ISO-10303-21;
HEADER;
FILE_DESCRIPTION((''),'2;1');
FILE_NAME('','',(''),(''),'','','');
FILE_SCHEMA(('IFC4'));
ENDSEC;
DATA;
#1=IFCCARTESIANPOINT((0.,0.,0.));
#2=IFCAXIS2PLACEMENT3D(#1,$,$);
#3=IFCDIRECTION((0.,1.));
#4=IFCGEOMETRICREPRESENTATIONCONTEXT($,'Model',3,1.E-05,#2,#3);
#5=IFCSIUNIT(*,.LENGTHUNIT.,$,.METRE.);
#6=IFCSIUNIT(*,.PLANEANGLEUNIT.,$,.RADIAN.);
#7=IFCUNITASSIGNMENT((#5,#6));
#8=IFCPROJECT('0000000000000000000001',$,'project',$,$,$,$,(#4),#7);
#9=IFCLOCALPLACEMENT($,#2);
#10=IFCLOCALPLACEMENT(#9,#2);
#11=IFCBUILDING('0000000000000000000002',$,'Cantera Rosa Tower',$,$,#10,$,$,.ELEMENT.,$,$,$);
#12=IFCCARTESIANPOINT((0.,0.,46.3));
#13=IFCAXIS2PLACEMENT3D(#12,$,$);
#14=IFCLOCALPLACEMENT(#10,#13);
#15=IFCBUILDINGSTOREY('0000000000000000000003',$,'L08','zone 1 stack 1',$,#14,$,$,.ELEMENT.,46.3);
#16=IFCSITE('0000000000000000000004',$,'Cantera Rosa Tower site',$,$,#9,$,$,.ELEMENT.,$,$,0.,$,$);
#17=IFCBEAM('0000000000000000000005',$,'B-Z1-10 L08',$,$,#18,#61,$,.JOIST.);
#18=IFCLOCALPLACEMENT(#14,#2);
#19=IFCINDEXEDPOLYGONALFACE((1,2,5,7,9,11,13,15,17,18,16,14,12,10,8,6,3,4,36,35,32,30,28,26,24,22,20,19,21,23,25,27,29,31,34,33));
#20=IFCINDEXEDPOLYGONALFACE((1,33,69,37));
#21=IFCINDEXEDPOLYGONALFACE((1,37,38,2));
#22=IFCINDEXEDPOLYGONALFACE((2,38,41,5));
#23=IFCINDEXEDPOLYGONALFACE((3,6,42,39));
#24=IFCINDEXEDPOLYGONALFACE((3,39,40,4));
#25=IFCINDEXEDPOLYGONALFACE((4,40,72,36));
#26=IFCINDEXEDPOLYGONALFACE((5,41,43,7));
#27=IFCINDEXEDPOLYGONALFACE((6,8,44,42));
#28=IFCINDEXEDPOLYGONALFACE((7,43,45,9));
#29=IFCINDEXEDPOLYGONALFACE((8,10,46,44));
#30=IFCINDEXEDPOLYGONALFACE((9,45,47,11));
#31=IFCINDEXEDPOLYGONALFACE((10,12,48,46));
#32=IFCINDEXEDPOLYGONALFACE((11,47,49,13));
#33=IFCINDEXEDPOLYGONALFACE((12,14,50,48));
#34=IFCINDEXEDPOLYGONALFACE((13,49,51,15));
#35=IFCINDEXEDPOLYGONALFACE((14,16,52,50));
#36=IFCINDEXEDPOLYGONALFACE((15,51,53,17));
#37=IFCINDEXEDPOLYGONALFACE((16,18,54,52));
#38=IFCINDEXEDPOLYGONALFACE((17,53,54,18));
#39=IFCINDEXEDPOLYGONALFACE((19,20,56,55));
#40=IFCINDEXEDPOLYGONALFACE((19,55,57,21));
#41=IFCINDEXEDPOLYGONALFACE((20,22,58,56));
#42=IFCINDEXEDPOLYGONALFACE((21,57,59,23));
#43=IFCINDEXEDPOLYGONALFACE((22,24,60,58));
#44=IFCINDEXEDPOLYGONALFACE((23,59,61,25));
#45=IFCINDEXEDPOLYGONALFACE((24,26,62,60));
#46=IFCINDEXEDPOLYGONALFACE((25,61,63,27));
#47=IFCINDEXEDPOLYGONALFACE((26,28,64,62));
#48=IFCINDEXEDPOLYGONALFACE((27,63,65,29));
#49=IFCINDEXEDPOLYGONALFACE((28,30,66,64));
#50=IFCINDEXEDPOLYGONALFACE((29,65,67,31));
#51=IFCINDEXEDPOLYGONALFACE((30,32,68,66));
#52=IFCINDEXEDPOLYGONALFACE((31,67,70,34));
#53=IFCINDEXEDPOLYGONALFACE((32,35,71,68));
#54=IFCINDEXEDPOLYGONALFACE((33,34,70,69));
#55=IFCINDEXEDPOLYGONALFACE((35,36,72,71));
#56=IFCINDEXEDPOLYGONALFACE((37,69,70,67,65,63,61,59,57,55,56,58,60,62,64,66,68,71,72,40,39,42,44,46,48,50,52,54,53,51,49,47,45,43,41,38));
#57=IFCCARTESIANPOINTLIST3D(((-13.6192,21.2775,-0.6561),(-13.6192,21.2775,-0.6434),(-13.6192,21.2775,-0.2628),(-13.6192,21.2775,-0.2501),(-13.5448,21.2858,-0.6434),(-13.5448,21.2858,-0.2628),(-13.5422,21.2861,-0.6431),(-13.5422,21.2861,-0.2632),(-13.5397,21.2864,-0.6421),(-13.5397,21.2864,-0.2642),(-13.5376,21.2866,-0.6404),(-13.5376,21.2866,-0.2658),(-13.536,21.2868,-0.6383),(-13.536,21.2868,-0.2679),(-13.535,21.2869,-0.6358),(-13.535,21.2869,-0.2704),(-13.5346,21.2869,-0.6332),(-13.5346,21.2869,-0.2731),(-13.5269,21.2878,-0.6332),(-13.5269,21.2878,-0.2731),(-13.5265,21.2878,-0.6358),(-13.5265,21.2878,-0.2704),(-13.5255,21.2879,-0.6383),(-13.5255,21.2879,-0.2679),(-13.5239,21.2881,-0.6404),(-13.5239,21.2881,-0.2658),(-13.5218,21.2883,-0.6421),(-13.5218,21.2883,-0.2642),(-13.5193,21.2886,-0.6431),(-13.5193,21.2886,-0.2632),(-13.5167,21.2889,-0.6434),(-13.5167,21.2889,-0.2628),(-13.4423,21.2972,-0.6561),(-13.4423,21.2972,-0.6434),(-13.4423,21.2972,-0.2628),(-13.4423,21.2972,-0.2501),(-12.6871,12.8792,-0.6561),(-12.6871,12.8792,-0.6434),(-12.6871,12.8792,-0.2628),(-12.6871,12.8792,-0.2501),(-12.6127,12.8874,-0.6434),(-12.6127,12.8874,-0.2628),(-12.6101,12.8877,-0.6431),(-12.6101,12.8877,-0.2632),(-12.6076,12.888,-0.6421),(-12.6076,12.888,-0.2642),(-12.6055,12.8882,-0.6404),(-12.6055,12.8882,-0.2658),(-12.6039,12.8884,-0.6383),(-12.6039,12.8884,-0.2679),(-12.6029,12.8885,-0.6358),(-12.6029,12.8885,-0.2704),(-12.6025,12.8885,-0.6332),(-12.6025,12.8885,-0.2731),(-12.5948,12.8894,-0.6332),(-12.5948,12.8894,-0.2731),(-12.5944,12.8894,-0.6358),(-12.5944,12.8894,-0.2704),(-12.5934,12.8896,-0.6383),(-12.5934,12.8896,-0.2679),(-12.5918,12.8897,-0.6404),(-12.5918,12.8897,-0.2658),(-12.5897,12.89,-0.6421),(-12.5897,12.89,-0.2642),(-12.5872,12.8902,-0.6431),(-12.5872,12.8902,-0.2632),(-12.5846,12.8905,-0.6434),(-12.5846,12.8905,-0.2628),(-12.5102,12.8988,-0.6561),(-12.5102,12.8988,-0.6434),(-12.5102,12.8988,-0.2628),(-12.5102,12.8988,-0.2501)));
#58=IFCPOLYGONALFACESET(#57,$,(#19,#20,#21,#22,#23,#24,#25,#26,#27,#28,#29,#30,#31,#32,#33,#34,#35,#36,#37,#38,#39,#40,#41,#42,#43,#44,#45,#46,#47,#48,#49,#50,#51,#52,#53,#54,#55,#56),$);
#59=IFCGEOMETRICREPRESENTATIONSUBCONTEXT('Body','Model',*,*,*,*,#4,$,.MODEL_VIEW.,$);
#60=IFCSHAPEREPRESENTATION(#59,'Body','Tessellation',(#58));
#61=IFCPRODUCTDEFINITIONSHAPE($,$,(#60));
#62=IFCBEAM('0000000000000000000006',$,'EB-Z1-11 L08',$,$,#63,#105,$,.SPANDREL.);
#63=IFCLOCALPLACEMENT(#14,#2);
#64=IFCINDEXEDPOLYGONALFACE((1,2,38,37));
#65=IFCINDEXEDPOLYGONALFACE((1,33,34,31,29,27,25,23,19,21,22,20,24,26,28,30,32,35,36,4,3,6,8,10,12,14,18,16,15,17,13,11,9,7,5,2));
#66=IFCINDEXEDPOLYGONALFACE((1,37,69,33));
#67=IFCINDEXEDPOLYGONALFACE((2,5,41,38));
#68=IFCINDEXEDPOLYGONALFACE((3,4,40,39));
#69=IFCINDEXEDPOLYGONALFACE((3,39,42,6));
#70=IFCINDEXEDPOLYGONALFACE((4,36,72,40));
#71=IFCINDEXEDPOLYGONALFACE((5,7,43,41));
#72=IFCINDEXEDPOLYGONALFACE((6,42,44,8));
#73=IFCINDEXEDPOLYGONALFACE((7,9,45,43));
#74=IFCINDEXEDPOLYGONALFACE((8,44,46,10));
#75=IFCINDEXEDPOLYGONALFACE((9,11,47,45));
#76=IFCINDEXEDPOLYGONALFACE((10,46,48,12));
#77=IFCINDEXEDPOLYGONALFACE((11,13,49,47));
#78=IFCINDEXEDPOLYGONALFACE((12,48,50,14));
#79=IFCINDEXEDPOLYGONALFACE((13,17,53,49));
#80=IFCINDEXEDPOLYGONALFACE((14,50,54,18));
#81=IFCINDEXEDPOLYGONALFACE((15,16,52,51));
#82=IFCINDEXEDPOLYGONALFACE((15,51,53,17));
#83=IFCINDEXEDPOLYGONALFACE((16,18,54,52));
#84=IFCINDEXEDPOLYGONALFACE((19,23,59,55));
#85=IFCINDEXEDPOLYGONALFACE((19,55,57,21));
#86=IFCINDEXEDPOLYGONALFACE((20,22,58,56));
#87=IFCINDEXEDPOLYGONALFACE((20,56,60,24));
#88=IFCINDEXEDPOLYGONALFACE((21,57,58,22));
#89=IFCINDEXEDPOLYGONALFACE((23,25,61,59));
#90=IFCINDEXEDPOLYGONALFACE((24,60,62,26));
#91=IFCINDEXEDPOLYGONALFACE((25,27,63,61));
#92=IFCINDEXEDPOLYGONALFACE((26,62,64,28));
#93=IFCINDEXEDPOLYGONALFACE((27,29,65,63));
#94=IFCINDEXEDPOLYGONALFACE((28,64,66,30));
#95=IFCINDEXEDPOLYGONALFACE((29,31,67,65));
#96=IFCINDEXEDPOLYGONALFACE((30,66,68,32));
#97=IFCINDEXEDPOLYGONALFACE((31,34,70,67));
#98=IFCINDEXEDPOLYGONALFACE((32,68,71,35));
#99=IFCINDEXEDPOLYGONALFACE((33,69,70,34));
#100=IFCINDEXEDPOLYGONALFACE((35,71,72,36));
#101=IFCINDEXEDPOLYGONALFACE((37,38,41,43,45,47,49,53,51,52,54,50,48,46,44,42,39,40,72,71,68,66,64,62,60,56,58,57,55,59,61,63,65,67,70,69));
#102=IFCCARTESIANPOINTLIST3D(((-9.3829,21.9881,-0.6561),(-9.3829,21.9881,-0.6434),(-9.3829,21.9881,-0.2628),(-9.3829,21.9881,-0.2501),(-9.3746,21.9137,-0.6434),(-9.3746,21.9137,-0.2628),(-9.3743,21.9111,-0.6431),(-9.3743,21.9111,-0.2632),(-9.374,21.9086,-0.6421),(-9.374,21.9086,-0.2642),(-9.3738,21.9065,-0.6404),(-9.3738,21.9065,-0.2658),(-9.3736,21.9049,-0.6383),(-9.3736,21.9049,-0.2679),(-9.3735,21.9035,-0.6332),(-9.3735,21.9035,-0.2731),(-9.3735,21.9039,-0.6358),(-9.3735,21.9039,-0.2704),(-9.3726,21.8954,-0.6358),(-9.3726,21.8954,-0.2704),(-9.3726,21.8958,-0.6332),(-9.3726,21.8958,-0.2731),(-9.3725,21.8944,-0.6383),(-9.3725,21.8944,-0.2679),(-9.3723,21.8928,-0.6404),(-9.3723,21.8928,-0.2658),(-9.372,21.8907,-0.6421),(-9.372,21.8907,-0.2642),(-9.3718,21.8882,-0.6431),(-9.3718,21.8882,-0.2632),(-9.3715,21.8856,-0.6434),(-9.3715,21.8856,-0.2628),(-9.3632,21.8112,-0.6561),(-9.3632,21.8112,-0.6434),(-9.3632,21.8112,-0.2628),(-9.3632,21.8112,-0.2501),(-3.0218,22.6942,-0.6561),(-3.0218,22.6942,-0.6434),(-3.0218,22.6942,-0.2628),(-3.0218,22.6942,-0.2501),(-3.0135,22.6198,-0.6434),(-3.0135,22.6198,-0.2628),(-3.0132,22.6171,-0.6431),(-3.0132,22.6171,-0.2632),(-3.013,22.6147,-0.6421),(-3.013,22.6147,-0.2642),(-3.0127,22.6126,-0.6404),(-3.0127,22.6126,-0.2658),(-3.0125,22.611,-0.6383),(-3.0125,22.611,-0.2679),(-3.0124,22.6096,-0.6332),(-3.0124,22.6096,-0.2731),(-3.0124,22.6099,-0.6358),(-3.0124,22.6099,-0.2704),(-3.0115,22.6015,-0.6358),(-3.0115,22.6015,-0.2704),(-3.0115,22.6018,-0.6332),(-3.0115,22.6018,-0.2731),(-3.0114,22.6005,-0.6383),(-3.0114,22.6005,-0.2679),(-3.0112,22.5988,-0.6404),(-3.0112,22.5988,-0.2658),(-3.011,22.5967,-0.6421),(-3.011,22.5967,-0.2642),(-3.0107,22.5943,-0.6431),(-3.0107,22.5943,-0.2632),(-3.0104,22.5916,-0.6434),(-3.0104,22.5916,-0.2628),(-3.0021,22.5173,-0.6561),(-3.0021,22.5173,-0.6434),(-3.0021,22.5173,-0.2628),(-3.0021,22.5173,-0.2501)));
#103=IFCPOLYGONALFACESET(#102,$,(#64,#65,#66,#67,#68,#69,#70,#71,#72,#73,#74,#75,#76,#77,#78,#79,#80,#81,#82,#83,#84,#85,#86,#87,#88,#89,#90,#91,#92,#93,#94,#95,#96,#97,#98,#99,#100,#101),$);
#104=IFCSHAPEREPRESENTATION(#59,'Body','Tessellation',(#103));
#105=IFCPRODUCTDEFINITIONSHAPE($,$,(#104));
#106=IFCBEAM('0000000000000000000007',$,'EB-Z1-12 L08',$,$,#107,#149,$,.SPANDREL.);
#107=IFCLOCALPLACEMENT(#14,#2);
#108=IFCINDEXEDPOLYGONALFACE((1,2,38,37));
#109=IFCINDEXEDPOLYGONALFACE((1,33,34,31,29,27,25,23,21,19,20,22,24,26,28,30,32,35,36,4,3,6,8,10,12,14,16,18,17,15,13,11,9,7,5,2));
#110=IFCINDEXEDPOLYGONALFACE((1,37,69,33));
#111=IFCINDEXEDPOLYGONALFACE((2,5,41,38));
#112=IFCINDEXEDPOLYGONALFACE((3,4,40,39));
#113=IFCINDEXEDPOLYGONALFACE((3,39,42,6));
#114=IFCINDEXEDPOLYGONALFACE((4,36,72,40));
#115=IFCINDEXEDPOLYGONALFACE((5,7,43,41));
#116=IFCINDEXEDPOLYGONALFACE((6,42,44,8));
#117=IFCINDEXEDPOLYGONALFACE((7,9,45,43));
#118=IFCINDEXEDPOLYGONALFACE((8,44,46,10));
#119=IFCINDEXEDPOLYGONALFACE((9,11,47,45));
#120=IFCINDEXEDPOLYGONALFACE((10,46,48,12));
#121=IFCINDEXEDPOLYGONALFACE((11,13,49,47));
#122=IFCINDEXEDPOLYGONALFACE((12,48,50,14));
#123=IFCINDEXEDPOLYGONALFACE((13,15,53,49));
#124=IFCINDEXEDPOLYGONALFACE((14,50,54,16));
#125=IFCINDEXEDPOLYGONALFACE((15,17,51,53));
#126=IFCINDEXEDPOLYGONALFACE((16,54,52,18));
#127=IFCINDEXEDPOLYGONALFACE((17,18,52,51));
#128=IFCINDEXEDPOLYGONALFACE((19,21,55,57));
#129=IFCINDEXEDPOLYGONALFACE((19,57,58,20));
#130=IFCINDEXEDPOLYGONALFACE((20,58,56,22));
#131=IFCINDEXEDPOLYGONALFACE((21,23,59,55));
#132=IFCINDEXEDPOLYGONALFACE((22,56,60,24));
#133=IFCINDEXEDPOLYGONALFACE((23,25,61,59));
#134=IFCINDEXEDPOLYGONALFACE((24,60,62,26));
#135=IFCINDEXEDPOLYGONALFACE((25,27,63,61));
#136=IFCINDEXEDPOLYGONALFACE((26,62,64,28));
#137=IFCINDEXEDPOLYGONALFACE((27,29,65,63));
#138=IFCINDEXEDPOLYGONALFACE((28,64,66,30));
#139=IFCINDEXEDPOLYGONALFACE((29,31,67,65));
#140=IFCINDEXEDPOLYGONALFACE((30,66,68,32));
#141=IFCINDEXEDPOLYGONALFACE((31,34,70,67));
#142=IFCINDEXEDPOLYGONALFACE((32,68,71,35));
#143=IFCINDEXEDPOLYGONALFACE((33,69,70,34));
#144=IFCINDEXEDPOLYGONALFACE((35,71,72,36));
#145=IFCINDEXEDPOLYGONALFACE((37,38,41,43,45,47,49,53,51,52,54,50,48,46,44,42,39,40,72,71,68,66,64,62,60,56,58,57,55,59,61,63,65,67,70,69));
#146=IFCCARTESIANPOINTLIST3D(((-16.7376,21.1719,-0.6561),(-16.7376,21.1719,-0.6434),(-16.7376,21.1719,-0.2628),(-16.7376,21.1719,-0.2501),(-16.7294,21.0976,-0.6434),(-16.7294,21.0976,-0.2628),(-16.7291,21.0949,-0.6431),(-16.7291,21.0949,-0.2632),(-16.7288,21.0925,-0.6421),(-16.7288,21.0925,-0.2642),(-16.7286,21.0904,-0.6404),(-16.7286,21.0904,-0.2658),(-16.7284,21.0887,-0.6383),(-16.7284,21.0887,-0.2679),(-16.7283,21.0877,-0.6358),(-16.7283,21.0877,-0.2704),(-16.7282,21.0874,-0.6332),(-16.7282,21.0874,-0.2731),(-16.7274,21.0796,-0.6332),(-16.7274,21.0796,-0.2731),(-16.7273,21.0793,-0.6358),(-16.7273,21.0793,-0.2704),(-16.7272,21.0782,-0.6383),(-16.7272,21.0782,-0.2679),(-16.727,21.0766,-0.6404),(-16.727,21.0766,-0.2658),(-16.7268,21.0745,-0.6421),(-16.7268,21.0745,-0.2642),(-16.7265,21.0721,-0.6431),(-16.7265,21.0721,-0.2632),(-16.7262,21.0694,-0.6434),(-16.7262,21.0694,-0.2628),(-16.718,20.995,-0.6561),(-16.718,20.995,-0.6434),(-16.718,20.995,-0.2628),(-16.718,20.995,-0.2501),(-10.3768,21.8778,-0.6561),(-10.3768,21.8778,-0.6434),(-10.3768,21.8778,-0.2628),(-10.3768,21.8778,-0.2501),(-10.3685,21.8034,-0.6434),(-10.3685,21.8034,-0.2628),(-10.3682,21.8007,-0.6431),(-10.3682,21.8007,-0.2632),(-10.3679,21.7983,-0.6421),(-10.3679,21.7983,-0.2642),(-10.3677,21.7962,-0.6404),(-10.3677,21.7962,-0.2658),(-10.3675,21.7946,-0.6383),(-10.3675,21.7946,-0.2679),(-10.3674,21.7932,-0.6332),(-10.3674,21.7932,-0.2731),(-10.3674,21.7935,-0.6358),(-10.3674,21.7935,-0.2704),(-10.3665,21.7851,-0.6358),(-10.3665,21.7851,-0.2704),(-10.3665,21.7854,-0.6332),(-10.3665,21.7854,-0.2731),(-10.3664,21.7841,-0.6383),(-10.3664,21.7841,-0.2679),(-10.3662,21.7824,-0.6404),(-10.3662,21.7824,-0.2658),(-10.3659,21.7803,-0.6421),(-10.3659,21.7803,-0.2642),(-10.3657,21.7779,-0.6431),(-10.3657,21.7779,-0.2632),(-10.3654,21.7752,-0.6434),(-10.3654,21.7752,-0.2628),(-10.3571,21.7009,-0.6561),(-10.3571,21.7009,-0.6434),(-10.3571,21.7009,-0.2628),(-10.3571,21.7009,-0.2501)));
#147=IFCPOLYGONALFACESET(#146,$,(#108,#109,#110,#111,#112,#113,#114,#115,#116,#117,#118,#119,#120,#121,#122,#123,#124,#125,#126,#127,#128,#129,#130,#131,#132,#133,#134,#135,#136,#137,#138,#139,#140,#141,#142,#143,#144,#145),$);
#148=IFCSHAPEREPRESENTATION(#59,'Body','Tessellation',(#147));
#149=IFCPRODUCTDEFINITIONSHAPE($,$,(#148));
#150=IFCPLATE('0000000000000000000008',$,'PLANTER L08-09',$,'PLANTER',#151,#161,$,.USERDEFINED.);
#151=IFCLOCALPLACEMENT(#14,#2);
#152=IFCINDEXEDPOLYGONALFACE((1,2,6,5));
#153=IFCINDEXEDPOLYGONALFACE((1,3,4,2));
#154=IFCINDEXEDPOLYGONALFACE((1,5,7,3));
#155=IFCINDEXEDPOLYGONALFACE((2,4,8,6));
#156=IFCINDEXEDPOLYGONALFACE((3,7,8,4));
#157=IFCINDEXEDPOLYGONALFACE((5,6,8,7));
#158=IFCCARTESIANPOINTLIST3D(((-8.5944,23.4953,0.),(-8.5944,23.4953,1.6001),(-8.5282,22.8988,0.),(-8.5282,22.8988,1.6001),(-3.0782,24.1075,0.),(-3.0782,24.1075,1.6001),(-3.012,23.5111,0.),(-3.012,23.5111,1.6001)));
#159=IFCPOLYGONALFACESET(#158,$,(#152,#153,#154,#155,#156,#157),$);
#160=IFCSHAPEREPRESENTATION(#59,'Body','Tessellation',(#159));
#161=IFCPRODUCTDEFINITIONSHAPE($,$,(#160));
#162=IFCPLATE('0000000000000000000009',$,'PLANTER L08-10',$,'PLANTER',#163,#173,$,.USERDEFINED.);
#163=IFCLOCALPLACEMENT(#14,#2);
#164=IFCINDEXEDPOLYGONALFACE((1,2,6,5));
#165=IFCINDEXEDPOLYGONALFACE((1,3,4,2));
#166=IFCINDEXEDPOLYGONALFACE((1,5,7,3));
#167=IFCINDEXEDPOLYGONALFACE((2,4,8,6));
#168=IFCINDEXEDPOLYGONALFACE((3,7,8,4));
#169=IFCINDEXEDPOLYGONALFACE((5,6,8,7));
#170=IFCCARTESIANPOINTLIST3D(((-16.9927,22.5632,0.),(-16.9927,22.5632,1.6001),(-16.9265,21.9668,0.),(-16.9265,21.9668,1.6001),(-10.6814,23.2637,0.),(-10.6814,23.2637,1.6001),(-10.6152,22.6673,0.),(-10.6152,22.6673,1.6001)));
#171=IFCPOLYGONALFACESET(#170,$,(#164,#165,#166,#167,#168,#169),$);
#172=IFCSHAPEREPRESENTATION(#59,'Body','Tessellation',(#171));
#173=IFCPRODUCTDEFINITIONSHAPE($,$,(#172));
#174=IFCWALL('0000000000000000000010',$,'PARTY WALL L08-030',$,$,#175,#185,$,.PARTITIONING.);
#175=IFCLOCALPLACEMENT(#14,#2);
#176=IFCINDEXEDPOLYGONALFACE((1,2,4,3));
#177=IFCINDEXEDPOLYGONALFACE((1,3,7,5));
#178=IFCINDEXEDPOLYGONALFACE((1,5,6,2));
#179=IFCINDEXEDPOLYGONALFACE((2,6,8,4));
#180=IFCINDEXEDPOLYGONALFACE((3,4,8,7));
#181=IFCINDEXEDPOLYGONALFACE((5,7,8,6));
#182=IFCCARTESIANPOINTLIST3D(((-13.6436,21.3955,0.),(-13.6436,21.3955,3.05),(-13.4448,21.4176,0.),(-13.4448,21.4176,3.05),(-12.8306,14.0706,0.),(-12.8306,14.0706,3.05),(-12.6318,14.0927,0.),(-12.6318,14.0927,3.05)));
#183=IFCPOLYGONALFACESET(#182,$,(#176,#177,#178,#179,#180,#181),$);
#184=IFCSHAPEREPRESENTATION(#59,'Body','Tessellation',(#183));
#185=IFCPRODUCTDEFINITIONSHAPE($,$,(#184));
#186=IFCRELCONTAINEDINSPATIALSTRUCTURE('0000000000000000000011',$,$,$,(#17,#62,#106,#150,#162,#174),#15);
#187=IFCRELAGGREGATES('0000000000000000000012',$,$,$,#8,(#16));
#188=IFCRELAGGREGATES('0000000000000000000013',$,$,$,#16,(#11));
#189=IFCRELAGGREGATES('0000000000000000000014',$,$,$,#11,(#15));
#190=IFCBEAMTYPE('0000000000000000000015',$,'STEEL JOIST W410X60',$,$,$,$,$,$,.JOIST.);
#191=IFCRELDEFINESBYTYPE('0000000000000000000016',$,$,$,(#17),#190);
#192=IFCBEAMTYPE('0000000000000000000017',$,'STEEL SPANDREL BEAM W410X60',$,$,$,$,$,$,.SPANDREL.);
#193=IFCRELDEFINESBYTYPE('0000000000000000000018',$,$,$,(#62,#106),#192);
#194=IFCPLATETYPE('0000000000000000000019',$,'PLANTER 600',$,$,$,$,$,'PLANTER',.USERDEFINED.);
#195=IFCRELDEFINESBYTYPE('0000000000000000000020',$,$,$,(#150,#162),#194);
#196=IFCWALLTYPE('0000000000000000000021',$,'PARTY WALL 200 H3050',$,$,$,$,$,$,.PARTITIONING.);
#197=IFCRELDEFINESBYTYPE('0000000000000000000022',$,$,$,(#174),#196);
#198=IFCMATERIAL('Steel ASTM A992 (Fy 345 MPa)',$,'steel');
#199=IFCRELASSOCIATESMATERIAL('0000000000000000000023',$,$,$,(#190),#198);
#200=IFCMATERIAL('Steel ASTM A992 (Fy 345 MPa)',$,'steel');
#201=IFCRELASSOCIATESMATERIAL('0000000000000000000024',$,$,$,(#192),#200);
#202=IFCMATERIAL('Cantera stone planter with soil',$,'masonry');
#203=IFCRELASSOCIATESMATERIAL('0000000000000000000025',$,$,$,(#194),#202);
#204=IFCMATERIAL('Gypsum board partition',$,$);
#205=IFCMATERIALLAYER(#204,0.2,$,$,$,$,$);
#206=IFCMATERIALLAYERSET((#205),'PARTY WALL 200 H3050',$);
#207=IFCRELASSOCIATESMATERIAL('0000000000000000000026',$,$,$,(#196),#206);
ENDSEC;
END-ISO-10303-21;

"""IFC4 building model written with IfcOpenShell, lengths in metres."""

from ifc_helpers import new_model, si_unit, direction, frame, frame_2d, origin, origin_2d, place, context, subcontext, project, spatial, rectangle, i_section, extrude, material, layer, layer_set, material_profile, profile_set, type_object, element, save


model = new_model("IFC4")

# Units and contexts
model_context = context("Model", 3, precision=1e-05, world=origin(), true_north=direction((0.0, 1.0)))
body_context = subcontext(model_context, "Body", "Model", "MODEL_VIEW")
ifc_project = project(units=[si_unit("LENGTHUNIT", "METRE"), si_unit("PLANEANGLEUNIT", "RADIAN")], contexts=[model_context])

# Site, building, storey
site_placement = place(None, origin())
site = spatial("IfcSite", under=ifc_project, at=site_placement, Name="Cantera Rosa Tower site", CompositionType="ELEMENT", RefElevation=0.0)
building_placement = place(site_placement, origin())
building = spatial("IfcBuilding", under=site, at=building_placement, Name="Cantera Rosa Tower", CompositionType="ELEMENT")
storey_placement = place(building_placement, frame((0.0, 0.0, 46.3)))
storey = spatial("IfcBuildingStorey", under=building, at=storey_placement, Name="L08", Description="zone 1 stack 1", CompositionType="ELEMENT", Elevation=46.3)

# Beams
ifc_material_1 = material(Name="Steel ASTM A992 (Fy 345 MPa)", Category="steel")
ifc_material_profile_1 = material_profile(ifc_material_1, i_section(OverallWidth=0.178, OverallDepth=0.406, WebThickness=0.0078, FlangeThickness=0.0127, FilletRadius=0.0103, at=origin_2d()), Name="W410X60")
ifc_profile_set_1 = profile_set([ifc_material_profile_1], Name="Steel ASTM A992 (Fy 345 MPa)")
beam_type_1 = type_object("IfcBeamType", Name="STEEL JOIST W410X60", PredefinedType="JOIST", material=ifc_profile_set_1)
for number, where, z_axis, x_axis, name in (
    (1, (-13.5308, 21.2874, -0.4531), (0.110311, -0.993897, 0.0), (0.993897, 0.110311, 0.0), "B-Z1-10 L08"),
):
    element("IfcBeam", number, at=place(storey_placement, frame(where, z_axis=z_axis, x_axis=x_axis)), inside=storey, type_object=beam_type_1, Name=name, PredefinedType="JOIST", context=body_context, shape_type="SweptSolid", body=[
        extrude(i_section(OverallWidth=0.178, OverallDepth=0.406, WebThickness=0.0078, FlangeThickness=0.0127, FilletRadius=0.0103, at=origin_2d()), origin(), (0.0, 0.0, 1.0), 8.45),
    ])
ifc_material_2 = material(Name="Steel ASTM A992 (Fy 345 MPa)", Category="steel")
ifc_material_profile_2 = material_profile(ifc_material_2, i_section(OverallWidth=0.178, OverallDepth=0.406, WebThickness=0.0078, FlangeThickness=0.0127, FilletRadius=0.0103, at=origin_2d()), Name="W410X60")
ifc_profile_set_2 = profile_set([ifc_material_profile_2], Name="Steel ASTM A992 (Fy 345 MPa)")
beam_type_2 = type_object("IfcBeamType", Name="STEEL SPANDREL BEAM W410X60", PredefinedType="SPANDREL", material=ifc_profile_set_2)
beam_1_placement = place(storey_placement, frame((-3.012, 22.6057, -0.4531), z_axis=(-0.993896, -0.110318, 0.0), x_axis=(0.110318, -0.993896, 0.0)))
element("IfcBeam", 2, at=beam_1_placement, inside=storey, type_object=beam_type_2, Name="EB-Z1-11 L08", PredefinedType="SPANDREL", context=body_context, shape_type="SweptSolid", body=[
    extrude(i_section(OverallWidth=0.178, OverallDepth=0.406, WebThickness=0.0078, FlangeThickness=0.0127, FilletRadius=0.0103, at=origin_2d()), origin(), (0.0, 0.0, 1.0), 6.4001),
])
beam_2_placement = place(storey_placement, frame((-10.3669, 21.7893, -0.4531), z_axis=(-0.9939, -0.110285, 0.0), x_axis=(0.110285, -0.9939, 0.0)))
element("IfcBeam", 3, at=beam_2_placement, inside=storey, type_object=beam_type_2, Name="EB-Z1-12 L08", PredefinedType="SPANDREL", context=body_context, shape_type="SweptSolid", body=[
    extrude(i_section(OverallWidth=0.178, OverallDepth=0.406, WebThickness=0.0078, FlangeThickness=0.0127, FilletRadius=0.0103, at=origin_2d()), origin(), (0.0, 0.0, 1.0), 6.3999),
])

# Plates
ifc_material_3 = material(Name="Cantera stone planter with soil", Category="masonry")
plate_type = type_object("IfcPlateType", Name="PLANTER 600", ElementType="PLANTER", PredefinedType="USERDEFINED", material=ifc_material_3)
plate_1_placement = place(storey_placement, frame((-5.8032, 23.5032, 0.0), z_axis=(0.0, 0.0, 1.0), x_axis=(-0.993897, -0.110313, 0.0)))
element("IfcPlate", 4, at=plate_1_placement, inside=storey, type_object=plate_type, Name="PLANTER L08-09", ObjectType="PLANTER", PredefinedType="USERDEFINED", context=body_context, shape_type="SweptSolid", body=[
    extrude(rectangle(XDim=5.55, YDim=0.6001, at=origin_2d()), origin(), (0.0, 0.0, 1.0), 1.6001),
])
plate_2_placement = place(storey_placement, frame((-13.804, 22.6152, 0.0), z_axis=(0.0, 0.0, 1.0), x_axis=(-0.993897, -0.110313, 0.0)))
element("IfcPlate", 5, at=plate_2_placement, inside=storey, type_object=plate_type, Name="PLANTER L08-10", ObjectType="PLANTER", PredefinedType="USERDEFINED", context=body_context, shape_type="SweptSolid", body=[
    extrude(rectangle(XDim=6.3501, YDim=0.6001, at=origin_2d()), origin(), (0.0, 0.0, 1.0), 1.6001),
])

# Wall
ifc_material_4 = material(Name="Gypsum board partition")
ifc_layer_1 = layer(ifc_material_4, 0.2)
ifc_layer_set_1 = layer_set([ifc_layer_1], Name="PARTY WALL 200 H3050")
wall_type_1 = type_object("IfcWallType", Name="PARTY WALL 200 H3050", PredefinedType="PARTITIONING", material=ifc_layer_set_1)
wall_1_placement = place(storey_placement, frame((-12.7312, 14.0815, 0.0), z_axis=(0.0, 0.0, 1.0), x_axis=(-0.110312, 0.993897, 0.0)))
element("IfcWall", 6, at=wall_1_placement, inside=storey, type_object=wall_type_1, Name="PARTY WALL L08-030", PredefinedType="PARTITIONING", context=body_context, shape_type="SweptSolid", body=[
    extrude(rectangle(XDim=7.3699, YDim=0.2, at=frame_2d((3.6851, 0.0))), origin(), (0.0, 0.0, 1.0), 3.05),
])

save(model, "model.ifc")
